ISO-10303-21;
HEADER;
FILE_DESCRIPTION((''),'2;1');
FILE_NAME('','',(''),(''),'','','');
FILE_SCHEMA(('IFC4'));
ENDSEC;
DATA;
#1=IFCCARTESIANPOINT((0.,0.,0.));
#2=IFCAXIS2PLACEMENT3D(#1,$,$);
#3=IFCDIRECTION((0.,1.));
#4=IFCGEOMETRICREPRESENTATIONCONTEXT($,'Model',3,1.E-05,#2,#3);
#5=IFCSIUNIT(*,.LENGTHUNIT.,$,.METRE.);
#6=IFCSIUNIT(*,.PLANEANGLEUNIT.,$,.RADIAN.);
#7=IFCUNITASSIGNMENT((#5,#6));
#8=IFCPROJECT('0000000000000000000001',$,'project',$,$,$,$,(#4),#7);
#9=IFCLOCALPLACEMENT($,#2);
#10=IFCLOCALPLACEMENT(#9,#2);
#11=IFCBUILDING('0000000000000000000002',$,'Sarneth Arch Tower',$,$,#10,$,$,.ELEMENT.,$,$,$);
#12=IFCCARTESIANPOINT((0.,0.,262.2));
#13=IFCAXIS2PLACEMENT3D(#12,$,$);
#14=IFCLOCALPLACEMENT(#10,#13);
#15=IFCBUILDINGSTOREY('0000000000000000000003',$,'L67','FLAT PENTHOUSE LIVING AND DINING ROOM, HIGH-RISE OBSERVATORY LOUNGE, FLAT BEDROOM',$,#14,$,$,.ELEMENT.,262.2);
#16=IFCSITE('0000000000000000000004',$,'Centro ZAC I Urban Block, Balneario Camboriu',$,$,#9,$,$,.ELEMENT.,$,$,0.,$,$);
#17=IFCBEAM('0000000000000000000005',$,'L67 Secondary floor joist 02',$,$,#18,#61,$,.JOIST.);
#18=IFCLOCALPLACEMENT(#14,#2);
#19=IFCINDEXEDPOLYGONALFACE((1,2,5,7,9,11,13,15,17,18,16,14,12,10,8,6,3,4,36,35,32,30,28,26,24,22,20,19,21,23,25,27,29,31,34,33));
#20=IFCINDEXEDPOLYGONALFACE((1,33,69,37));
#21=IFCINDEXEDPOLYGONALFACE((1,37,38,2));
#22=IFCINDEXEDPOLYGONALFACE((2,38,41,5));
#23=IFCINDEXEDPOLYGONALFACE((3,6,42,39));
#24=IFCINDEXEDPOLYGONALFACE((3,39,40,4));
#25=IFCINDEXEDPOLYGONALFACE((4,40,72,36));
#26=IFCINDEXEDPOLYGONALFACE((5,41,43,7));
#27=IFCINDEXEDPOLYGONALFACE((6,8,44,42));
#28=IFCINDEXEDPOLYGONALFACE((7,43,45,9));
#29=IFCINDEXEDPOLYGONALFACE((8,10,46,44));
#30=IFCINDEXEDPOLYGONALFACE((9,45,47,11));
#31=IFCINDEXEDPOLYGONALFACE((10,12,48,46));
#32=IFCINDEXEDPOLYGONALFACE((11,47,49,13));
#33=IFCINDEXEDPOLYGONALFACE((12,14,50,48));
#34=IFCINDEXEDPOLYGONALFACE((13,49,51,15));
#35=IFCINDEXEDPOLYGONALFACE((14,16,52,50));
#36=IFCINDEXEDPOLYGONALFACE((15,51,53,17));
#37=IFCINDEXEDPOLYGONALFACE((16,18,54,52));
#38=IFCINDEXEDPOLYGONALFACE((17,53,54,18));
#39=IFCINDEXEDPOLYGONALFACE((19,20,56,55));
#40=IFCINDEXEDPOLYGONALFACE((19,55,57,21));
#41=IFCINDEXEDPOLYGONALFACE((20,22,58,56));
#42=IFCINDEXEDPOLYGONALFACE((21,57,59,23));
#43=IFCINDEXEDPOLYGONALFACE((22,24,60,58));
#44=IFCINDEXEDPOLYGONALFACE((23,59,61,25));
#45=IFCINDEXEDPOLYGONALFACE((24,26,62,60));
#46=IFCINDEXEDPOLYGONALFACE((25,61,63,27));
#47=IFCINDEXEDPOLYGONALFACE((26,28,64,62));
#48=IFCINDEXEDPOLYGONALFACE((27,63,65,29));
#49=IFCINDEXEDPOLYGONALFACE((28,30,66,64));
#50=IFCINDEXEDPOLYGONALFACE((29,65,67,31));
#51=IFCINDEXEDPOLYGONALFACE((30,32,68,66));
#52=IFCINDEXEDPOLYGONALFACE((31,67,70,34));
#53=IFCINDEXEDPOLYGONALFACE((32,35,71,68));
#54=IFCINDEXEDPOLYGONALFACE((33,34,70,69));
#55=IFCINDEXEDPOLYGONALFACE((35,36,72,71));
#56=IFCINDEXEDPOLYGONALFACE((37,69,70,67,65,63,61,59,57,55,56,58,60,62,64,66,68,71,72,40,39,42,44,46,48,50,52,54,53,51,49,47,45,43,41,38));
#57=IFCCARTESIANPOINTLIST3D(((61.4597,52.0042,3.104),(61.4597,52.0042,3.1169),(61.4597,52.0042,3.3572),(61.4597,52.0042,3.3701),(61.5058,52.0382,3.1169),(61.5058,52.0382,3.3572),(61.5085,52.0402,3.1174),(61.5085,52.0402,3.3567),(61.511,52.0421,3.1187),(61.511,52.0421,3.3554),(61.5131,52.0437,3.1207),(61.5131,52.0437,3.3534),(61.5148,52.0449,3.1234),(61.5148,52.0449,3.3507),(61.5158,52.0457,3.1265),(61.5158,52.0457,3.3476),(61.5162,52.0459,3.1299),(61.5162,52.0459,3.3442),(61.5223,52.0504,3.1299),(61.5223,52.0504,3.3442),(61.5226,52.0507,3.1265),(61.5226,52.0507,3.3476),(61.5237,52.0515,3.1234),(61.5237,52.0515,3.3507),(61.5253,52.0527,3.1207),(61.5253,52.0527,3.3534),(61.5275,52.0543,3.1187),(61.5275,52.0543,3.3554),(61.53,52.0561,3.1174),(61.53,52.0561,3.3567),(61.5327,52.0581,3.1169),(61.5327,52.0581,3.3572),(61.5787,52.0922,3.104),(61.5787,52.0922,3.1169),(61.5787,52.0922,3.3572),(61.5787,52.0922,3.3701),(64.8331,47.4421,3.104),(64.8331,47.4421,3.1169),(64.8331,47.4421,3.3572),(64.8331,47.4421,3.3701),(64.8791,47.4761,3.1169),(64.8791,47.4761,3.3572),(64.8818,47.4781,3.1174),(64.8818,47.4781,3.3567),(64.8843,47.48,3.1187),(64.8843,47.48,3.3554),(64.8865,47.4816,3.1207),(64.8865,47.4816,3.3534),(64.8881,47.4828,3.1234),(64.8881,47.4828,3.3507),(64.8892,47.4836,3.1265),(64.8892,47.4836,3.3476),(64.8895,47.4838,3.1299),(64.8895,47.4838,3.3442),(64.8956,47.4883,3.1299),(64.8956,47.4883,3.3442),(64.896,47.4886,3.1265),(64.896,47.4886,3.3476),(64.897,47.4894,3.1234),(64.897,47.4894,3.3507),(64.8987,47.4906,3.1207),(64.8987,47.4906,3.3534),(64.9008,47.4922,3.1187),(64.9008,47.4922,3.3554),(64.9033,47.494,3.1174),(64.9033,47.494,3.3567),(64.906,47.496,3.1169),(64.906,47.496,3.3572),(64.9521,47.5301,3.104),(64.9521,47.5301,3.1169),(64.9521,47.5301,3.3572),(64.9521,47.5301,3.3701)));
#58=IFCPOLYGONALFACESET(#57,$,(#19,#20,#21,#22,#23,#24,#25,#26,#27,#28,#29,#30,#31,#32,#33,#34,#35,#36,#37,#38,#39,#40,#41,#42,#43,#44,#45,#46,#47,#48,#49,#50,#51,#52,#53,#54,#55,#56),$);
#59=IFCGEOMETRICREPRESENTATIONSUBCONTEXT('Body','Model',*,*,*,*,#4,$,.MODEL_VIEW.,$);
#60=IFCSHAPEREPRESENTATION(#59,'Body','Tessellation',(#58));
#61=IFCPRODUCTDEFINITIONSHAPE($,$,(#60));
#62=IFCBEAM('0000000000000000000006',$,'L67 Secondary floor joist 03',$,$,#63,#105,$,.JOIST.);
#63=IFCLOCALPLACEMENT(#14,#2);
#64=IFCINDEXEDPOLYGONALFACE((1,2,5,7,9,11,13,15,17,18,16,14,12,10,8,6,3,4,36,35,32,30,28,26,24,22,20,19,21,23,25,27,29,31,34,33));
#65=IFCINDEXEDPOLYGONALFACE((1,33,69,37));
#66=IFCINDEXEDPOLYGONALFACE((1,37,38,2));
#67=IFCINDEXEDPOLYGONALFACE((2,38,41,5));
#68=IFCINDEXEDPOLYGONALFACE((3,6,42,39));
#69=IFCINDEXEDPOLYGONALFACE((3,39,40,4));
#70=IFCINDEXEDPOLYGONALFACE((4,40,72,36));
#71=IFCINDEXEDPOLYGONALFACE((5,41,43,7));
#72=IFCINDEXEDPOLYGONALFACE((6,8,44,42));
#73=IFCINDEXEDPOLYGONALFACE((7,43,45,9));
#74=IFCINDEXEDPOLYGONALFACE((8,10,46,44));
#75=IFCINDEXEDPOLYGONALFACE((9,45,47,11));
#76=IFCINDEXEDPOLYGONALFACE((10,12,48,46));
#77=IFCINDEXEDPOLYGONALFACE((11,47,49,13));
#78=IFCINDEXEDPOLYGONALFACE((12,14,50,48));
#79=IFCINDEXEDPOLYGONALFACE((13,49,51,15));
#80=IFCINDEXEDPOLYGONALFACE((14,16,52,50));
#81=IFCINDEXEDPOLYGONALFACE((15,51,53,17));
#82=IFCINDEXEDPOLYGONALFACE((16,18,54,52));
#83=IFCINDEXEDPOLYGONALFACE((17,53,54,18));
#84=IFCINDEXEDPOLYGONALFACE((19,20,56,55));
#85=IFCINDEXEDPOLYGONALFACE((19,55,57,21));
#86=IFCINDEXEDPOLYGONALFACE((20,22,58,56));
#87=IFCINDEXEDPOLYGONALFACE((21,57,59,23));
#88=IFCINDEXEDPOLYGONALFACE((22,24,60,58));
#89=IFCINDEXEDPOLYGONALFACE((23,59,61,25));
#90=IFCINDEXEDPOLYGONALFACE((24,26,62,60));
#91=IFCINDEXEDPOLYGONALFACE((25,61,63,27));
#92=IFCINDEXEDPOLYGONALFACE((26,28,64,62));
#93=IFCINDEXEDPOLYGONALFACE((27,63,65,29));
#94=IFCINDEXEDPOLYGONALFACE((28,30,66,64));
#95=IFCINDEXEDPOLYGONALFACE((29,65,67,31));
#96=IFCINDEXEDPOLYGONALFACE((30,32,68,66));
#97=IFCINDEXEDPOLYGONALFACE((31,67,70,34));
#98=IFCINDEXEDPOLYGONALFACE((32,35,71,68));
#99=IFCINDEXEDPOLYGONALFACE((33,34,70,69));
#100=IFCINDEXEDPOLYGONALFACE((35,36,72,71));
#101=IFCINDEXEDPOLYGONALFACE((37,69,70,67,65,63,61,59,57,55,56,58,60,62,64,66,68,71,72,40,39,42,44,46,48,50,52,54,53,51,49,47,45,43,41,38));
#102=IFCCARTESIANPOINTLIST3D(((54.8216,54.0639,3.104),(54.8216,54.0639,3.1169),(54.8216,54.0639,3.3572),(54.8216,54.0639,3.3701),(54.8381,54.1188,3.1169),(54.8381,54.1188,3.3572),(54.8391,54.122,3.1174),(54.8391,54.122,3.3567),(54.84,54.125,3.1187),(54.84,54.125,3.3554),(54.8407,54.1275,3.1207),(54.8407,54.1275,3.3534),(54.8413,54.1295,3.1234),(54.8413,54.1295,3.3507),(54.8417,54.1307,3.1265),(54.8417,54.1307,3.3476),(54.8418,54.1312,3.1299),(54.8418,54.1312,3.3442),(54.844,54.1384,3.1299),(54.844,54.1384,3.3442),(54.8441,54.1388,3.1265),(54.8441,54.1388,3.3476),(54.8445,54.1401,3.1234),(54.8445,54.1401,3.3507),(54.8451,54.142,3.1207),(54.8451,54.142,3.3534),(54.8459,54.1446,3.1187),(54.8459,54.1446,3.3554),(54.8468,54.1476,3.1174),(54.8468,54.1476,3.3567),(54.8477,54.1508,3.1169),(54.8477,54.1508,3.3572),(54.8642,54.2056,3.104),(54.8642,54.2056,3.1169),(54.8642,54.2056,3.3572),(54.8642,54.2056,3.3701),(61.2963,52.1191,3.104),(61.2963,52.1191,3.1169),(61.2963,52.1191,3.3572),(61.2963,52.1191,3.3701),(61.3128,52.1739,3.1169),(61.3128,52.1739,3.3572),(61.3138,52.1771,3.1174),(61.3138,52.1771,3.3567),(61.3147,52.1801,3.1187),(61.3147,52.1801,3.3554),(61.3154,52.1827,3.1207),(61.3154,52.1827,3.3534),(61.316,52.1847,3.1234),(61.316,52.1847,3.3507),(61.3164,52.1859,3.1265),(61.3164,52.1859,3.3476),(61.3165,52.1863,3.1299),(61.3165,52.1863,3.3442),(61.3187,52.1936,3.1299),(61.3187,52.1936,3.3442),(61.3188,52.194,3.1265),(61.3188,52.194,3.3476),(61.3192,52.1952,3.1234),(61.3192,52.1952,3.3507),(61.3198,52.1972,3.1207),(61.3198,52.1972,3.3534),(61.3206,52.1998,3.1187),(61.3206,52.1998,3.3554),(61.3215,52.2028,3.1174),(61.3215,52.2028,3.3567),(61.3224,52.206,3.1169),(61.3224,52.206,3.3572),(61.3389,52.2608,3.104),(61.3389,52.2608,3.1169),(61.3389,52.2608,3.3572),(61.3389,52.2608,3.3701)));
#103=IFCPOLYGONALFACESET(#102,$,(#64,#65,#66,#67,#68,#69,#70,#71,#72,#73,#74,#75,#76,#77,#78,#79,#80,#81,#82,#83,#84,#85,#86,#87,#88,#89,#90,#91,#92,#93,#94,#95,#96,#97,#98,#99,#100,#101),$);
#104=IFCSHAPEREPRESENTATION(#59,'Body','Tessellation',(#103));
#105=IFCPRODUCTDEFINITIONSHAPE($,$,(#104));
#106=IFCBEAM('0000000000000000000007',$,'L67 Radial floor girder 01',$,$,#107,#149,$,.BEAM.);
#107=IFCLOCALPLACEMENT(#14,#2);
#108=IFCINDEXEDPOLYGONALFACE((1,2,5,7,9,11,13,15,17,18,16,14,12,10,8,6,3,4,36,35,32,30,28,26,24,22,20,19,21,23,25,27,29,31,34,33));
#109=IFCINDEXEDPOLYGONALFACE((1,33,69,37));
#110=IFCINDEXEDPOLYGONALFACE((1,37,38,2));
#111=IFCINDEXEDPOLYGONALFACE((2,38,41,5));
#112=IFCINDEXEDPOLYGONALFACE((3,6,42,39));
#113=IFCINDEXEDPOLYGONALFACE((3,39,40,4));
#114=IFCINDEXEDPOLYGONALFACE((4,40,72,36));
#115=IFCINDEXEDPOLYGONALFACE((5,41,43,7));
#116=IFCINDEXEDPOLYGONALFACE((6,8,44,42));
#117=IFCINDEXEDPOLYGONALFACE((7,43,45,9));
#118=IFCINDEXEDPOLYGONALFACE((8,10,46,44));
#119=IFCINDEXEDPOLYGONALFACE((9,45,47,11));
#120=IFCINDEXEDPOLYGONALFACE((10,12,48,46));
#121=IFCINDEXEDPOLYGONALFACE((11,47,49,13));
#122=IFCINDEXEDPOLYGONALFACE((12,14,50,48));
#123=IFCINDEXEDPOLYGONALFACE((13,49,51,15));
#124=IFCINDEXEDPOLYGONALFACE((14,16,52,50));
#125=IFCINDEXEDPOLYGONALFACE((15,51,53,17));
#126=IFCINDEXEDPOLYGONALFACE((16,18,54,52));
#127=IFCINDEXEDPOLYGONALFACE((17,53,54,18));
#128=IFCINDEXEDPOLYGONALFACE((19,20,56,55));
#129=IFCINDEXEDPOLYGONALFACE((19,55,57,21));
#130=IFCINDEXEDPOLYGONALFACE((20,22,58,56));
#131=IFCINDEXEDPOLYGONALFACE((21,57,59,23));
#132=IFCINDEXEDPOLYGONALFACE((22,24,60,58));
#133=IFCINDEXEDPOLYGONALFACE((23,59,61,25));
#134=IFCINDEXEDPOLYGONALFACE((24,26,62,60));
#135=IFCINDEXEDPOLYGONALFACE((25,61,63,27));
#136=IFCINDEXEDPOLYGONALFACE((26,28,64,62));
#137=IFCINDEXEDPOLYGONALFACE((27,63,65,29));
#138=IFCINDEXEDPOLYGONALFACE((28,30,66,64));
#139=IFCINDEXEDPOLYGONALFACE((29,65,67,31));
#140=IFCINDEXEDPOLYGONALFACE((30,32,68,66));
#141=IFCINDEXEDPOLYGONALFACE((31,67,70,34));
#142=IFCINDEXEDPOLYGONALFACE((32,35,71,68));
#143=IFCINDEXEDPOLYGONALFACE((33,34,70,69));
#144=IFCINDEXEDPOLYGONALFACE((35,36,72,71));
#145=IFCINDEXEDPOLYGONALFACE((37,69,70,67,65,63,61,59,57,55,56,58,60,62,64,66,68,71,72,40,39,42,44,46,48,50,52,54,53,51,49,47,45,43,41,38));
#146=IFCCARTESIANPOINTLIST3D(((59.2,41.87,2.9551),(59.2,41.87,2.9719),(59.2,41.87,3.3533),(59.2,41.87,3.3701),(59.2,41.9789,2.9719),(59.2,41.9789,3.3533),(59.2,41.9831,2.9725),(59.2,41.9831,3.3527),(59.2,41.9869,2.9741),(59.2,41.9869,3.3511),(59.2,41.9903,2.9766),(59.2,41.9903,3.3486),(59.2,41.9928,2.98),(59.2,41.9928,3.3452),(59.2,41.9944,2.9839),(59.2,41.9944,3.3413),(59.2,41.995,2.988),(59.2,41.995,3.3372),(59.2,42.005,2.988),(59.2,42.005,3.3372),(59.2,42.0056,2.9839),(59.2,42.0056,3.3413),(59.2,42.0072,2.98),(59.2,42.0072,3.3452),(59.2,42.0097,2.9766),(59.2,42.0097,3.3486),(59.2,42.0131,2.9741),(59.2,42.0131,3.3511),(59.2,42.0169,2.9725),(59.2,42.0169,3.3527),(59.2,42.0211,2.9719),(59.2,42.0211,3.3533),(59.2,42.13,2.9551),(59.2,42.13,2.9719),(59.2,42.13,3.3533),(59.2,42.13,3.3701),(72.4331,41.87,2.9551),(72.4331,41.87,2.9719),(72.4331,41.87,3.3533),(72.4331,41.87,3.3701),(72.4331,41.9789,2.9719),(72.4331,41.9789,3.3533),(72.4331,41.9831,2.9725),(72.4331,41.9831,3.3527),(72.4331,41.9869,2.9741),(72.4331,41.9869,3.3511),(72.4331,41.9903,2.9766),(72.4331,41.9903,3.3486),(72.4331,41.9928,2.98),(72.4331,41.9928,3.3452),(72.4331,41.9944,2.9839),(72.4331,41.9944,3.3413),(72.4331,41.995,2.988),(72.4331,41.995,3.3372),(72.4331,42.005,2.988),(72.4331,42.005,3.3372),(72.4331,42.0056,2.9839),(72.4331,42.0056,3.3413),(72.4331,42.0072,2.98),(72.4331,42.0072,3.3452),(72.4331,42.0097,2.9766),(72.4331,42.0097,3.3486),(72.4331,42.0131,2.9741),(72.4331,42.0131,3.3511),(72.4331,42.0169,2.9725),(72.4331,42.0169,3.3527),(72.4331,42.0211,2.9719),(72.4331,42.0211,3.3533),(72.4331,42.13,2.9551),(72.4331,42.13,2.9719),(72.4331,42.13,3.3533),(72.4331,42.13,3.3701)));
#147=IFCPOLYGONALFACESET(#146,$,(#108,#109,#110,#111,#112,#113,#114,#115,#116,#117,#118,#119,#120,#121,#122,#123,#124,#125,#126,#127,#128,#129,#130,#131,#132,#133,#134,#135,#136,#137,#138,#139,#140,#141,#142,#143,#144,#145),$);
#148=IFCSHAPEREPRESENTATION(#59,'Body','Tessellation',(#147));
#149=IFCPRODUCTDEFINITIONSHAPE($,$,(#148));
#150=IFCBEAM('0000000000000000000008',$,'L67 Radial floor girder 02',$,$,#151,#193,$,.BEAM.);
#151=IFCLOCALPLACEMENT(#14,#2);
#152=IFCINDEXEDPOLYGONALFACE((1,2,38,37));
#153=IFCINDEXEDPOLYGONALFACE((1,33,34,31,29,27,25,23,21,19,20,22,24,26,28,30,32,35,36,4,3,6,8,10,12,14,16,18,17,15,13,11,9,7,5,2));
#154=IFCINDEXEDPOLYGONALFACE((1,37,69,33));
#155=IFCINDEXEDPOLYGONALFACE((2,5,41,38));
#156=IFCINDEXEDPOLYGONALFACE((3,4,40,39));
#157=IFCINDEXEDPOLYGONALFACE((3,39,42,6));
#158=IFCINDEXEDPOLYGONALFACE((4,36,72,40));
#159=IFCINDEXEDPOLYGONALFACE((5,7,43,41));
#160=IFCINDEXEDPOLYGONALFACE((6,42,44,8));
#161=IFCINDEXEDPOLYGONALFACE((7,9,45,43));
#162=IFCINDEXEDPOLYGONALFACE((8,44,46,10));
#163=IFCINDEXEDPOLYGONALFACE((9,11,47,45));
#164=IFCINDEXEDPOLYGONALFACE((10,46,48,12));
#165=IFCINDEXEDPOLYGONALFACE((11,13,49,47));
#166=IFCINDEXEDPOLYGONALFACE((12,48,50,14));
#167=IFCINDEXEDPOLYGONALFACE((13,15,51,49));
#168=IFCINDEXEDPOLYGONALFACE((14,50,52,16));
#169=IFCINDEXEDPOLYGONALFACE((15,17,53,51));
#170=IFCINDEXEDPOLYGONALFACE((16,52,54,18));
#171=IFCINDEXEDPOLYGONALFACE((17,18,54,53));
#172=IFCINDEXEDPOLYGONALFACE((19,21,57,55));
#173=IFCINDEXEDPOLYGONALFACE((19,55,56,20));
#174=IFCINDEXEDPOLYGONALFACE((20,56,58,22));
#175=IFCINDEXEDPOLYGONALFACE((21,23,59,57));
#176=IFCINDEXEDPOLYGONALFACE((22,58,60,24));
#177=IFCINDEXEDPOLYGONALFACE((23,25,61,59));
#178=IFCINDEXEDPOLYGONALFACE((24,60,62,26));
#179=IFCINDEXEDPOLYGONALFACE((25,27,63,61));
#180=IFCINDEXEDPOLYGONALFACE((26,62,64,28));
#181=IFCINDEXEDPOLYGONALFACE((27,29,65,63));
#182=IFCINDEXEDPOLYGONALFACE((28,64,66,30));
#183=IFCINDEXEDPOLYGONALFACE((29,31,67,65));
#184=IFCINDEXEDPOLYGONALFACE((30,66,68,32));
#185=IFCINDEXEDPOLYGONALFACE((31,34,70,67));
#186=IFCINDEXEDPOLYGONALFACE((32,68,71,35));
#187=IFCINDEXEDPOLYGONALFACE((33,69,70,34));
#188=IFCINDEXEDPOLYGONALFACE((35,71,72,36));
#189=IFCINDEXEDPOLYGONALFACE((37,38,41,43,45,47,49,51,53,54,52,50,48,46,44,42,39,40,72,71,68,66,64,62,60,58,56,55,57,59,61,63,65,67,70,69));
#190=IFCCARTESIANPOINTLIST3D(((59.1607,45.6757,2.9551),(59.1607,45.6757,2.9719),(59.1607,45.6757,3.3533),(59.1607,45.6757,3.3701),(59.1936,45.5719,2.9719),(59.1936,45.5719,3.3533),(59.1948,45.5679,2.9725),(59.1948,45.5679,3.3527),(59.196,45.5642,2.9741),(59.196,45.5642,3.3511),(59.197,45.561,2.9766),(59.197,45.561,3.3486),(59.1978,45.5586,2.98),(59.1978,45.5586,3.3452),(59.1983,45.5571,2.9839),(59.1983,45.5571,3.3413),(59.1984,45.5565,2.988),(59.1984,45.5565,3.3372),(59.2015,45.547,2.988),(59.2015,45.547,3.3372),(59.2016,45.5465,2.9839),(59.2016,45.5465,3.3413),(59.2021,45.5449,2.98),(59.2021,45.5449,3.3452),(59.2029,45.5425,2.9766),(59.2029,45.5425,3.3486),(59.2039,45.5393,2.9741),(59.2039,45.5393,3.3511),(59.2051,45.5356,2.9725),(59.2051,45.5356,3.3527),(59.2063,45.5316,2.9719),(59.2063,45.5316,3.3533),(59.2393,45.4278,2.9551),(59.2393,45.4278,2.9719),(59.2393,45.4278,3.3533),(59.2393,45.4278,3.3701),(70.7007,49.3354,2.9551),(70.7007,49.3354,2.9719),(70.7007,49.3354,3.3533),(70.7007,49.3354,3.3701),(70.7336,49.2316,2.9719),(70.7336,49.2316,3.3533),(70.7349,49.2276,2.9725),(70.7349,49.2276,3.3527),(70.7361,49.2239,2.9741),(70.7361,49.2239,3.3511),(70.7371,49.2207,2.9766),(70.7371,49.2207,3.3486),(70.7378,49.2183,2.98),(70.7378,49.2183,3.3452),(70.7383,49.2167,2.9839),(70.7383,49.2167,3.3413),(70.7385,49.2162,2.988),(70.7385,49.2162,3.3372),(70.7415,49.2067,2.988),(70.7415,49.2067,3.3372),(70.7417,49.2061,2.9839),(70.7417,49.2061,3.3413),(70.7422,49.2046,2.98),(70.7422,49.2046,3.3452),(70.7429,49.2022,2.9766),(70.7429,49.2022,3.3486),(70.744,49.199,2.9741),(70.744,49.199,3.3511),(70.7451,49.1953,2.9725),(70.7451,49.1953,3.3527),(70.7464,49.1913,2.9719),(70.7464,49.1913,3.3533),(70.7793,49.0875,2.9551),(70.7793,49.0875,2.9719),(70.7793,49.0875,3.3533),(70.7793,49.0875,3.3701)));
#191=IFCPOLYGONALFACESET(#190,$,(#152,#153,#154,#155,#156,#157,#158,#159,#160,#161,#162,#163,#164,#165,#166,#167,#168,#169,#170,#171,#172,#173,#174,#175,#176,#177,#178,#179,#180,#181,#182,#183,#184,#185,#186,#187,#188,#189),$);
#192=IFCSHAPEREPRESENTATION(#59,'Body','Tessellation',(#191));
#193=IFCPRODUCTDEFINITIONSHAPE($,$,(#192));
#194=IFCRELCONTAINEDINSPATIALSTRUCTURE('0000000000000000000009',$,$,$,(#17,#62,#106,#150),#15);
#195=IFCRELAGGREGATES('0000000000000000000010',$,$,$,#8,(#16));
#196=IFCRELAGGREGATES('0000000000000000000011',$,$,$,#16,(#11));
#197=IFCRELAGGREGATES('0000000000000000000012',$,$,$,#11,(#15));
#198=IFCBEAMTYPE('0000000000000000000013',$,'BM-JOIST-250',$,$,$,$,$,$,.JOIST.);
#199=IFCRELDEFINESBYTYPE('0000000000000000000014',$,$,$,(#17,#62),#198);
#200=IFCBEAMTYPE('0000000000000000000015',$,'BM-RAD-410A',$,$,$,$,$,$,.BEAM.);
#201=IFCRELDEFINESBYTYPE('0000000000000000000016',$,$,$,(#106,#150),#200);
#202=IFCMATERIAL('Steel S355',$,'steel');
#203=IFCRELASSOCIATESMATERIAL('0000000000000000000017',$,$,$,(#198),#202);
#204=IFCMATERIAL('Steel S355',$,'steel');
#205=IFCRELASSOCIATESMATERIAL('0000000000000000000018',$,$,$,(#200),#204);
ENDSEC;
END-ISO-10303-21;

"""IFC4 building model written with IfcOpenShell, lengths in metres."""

from ifc_helpers import new_model, si_unit, direction, frame, origin, origin_2d, place, context, subcontext, project, spatial, i_section, extrude, material, material_profile, profile_set, type_object, element, save


model = new_model("IFC4")

# Units and contexts
model_context = context("Model", 3, precision=1e-05, world=origin(), true_north=direction((0.0, 1.0)))
body_context = subcontext(model_context, "Body", "Model", "MODEL_VIEW")
ifc_project = project(units=[si_unit("LENGTHUNIT", "METRE"), si_unit("PLANEANGLEUNIT", "RADIAN")], contexts=[model_context])

# Site, building, storey
site_placement = place(None, origin())
site = spatial("IfcSite", under=ifc_project, at=site_placement, Name="Centro ZAC I Urban Block, Balneario Camboriu", CompositionType="ELEMENT", RefElevation=0.0)
building_placement = place(site_placement, origin())
building = spatial("IfcBuilding", under=site, at=building_placement, Name="Sarneth Arch Tower", CompositionType="ELEMENT")
storey_placement = place(building_placement, frame((0.0, 0.0, 262.2)))
storey = spatial("IfcBuildingStorey", under=building, at=storey_placement, Name="L67", Description="FLAT PENTHOUSE LIVING AND DINING ROOM, HIGH-RISE OBSERVATORY LOUNGE, FLAT BEDROOM", CompositionType="ELEMENT", Elevation=262.2)

# Beams
ifc_material_1 = material(Name="Steel S355", Category="steel")
ifc_material_profile_1 = material_profile(ifc_material_1, i_section(OverallWidth=0.1479, OverallDepth=0.2661, WebThickness=0.0076, FlangeThickness=0.0129, FilletRadius=0.0129, at=origin_2d()), Name="W250x44.8")
ifc_profile_set_1 = profile_set([ifc_material_profile_1], Name="Steel S355")
beam_type_1 = type_object("IfcBeamType", Name="BM-JOIST-250", PredefinedType="JOIST", material=ifc_profile_set_1)
beam_1_placement = place(storey_placement, frame((64.8926, 47.4861, 3.2371), z_axis=(-0.594547, 0.804061, 0.0), x_axis=(-0.804061, -0.594547, 0.0)))
element("IfcBeam", 1, at=beam_1_placement, inside=storey, type_object=beam_type_1, Name="L67 Secondary floor joist 02", PredefinedType="JOIST", context=body_context, shape_type="SweptSolid", body=[
    extrude(i_section(OverallWidth=0.1479, OverallDepth=0.2661, WebThickness=0.0076, FlangeThickness=0.0129, FilletRadius=0.0129, at=origin_2d()), origin(), (0.0, 0.0, 1.0), 5.6738),
])
beam_2_placement = place(storey_placement, frame((61.3176, 52.1899, 3.2371), z_axis=(-0.957727, 0.287679, 0.0), x_axis=(-0.287679, -0.957727, 0.0)))
element("IfcBeam", 2, at=beam_2_placement, inside=storey, type_object=beam_type_1, Name="L67 Secondary floor joist 03", PredefinedType="JOIST", context=body_context, shape_type="SweptSolid", body=[
    extrude(i_section(OverallWidth=0.1479, OverallDepth=0.2661, WebThickness=0.0076, FlangeThickness=0.0129, FilletRadius=0.0129, at=origin_2d()), origin(), (0.0, 0.0, 1.0), 6.7605),
])
ifc_material_2 = material(Name="Steel S355", Category="steel")
ifc_material_profile_2 = material_profile(ifc_material_2, i_section(OverallWidth=0.26, OverallDepth=0.415, WebThickness=0.01, FlangeThickness=0.0168, FilletRadius=0.0161, at=origin_2d()), Name="W410x100")
ifc_profile_set_2 = profile_set([ifc_material_profile_2], Name="Steel S355")
beam_type_2 = type_object("IfcBeamType", Name="BM-RAD-410A", PredefinedType="BEAM", material=ifc_profile_set_2)
beam_3_placement = place(storey_placement, frame((59.2, 42.0, 3.1626), z_axis=(1.0, 0.0, 0.0), x_axis=(0.0, 1.0, 0.0)))
element("IfcBeam", 3, at=beam_3_placement, inside=storey, type_object=beam_type_2, Name="L67 Radial floor girder 01", PredefinedType="BEAM", context=body_context, shape_type="SweptSolid", body=[
    extrude(i_section(OverallWidth=0.26, OverallDepth=0.415, WebThickness=0.01, FlangeThickness=0.0168, FilletRadius=0.0161, at=origin_2d()), origin(), (0.0, 0.0, 1.0), 13.2332),
])
beam_4_placement = place(storey_placement, frame((59.2, 45.5518, 3.1626), z_axis=(0.953216, 0.302291, 0.0), x_axis=(-0.302291, 0.953216, 0.0)))
element("IfcBeam", 4, at=beam_4_placement, inside=storey, type_object=beam_type_2, Name="L67 Radial floor girder 02", PredefinedType="BEAM", context=body_context, shape_type="SweptSolid", body=[
    extrude(i_section(OverallWidth=0.26, OverallDepth=0.415, WebThickness=0.01, FlangeThickness=0.0168, FilletRadius=0.0161, at=origin_2d()), origin(), (0.0, 0.0, 1.0), 12.1064),
])

save(model, "model.ifc")
